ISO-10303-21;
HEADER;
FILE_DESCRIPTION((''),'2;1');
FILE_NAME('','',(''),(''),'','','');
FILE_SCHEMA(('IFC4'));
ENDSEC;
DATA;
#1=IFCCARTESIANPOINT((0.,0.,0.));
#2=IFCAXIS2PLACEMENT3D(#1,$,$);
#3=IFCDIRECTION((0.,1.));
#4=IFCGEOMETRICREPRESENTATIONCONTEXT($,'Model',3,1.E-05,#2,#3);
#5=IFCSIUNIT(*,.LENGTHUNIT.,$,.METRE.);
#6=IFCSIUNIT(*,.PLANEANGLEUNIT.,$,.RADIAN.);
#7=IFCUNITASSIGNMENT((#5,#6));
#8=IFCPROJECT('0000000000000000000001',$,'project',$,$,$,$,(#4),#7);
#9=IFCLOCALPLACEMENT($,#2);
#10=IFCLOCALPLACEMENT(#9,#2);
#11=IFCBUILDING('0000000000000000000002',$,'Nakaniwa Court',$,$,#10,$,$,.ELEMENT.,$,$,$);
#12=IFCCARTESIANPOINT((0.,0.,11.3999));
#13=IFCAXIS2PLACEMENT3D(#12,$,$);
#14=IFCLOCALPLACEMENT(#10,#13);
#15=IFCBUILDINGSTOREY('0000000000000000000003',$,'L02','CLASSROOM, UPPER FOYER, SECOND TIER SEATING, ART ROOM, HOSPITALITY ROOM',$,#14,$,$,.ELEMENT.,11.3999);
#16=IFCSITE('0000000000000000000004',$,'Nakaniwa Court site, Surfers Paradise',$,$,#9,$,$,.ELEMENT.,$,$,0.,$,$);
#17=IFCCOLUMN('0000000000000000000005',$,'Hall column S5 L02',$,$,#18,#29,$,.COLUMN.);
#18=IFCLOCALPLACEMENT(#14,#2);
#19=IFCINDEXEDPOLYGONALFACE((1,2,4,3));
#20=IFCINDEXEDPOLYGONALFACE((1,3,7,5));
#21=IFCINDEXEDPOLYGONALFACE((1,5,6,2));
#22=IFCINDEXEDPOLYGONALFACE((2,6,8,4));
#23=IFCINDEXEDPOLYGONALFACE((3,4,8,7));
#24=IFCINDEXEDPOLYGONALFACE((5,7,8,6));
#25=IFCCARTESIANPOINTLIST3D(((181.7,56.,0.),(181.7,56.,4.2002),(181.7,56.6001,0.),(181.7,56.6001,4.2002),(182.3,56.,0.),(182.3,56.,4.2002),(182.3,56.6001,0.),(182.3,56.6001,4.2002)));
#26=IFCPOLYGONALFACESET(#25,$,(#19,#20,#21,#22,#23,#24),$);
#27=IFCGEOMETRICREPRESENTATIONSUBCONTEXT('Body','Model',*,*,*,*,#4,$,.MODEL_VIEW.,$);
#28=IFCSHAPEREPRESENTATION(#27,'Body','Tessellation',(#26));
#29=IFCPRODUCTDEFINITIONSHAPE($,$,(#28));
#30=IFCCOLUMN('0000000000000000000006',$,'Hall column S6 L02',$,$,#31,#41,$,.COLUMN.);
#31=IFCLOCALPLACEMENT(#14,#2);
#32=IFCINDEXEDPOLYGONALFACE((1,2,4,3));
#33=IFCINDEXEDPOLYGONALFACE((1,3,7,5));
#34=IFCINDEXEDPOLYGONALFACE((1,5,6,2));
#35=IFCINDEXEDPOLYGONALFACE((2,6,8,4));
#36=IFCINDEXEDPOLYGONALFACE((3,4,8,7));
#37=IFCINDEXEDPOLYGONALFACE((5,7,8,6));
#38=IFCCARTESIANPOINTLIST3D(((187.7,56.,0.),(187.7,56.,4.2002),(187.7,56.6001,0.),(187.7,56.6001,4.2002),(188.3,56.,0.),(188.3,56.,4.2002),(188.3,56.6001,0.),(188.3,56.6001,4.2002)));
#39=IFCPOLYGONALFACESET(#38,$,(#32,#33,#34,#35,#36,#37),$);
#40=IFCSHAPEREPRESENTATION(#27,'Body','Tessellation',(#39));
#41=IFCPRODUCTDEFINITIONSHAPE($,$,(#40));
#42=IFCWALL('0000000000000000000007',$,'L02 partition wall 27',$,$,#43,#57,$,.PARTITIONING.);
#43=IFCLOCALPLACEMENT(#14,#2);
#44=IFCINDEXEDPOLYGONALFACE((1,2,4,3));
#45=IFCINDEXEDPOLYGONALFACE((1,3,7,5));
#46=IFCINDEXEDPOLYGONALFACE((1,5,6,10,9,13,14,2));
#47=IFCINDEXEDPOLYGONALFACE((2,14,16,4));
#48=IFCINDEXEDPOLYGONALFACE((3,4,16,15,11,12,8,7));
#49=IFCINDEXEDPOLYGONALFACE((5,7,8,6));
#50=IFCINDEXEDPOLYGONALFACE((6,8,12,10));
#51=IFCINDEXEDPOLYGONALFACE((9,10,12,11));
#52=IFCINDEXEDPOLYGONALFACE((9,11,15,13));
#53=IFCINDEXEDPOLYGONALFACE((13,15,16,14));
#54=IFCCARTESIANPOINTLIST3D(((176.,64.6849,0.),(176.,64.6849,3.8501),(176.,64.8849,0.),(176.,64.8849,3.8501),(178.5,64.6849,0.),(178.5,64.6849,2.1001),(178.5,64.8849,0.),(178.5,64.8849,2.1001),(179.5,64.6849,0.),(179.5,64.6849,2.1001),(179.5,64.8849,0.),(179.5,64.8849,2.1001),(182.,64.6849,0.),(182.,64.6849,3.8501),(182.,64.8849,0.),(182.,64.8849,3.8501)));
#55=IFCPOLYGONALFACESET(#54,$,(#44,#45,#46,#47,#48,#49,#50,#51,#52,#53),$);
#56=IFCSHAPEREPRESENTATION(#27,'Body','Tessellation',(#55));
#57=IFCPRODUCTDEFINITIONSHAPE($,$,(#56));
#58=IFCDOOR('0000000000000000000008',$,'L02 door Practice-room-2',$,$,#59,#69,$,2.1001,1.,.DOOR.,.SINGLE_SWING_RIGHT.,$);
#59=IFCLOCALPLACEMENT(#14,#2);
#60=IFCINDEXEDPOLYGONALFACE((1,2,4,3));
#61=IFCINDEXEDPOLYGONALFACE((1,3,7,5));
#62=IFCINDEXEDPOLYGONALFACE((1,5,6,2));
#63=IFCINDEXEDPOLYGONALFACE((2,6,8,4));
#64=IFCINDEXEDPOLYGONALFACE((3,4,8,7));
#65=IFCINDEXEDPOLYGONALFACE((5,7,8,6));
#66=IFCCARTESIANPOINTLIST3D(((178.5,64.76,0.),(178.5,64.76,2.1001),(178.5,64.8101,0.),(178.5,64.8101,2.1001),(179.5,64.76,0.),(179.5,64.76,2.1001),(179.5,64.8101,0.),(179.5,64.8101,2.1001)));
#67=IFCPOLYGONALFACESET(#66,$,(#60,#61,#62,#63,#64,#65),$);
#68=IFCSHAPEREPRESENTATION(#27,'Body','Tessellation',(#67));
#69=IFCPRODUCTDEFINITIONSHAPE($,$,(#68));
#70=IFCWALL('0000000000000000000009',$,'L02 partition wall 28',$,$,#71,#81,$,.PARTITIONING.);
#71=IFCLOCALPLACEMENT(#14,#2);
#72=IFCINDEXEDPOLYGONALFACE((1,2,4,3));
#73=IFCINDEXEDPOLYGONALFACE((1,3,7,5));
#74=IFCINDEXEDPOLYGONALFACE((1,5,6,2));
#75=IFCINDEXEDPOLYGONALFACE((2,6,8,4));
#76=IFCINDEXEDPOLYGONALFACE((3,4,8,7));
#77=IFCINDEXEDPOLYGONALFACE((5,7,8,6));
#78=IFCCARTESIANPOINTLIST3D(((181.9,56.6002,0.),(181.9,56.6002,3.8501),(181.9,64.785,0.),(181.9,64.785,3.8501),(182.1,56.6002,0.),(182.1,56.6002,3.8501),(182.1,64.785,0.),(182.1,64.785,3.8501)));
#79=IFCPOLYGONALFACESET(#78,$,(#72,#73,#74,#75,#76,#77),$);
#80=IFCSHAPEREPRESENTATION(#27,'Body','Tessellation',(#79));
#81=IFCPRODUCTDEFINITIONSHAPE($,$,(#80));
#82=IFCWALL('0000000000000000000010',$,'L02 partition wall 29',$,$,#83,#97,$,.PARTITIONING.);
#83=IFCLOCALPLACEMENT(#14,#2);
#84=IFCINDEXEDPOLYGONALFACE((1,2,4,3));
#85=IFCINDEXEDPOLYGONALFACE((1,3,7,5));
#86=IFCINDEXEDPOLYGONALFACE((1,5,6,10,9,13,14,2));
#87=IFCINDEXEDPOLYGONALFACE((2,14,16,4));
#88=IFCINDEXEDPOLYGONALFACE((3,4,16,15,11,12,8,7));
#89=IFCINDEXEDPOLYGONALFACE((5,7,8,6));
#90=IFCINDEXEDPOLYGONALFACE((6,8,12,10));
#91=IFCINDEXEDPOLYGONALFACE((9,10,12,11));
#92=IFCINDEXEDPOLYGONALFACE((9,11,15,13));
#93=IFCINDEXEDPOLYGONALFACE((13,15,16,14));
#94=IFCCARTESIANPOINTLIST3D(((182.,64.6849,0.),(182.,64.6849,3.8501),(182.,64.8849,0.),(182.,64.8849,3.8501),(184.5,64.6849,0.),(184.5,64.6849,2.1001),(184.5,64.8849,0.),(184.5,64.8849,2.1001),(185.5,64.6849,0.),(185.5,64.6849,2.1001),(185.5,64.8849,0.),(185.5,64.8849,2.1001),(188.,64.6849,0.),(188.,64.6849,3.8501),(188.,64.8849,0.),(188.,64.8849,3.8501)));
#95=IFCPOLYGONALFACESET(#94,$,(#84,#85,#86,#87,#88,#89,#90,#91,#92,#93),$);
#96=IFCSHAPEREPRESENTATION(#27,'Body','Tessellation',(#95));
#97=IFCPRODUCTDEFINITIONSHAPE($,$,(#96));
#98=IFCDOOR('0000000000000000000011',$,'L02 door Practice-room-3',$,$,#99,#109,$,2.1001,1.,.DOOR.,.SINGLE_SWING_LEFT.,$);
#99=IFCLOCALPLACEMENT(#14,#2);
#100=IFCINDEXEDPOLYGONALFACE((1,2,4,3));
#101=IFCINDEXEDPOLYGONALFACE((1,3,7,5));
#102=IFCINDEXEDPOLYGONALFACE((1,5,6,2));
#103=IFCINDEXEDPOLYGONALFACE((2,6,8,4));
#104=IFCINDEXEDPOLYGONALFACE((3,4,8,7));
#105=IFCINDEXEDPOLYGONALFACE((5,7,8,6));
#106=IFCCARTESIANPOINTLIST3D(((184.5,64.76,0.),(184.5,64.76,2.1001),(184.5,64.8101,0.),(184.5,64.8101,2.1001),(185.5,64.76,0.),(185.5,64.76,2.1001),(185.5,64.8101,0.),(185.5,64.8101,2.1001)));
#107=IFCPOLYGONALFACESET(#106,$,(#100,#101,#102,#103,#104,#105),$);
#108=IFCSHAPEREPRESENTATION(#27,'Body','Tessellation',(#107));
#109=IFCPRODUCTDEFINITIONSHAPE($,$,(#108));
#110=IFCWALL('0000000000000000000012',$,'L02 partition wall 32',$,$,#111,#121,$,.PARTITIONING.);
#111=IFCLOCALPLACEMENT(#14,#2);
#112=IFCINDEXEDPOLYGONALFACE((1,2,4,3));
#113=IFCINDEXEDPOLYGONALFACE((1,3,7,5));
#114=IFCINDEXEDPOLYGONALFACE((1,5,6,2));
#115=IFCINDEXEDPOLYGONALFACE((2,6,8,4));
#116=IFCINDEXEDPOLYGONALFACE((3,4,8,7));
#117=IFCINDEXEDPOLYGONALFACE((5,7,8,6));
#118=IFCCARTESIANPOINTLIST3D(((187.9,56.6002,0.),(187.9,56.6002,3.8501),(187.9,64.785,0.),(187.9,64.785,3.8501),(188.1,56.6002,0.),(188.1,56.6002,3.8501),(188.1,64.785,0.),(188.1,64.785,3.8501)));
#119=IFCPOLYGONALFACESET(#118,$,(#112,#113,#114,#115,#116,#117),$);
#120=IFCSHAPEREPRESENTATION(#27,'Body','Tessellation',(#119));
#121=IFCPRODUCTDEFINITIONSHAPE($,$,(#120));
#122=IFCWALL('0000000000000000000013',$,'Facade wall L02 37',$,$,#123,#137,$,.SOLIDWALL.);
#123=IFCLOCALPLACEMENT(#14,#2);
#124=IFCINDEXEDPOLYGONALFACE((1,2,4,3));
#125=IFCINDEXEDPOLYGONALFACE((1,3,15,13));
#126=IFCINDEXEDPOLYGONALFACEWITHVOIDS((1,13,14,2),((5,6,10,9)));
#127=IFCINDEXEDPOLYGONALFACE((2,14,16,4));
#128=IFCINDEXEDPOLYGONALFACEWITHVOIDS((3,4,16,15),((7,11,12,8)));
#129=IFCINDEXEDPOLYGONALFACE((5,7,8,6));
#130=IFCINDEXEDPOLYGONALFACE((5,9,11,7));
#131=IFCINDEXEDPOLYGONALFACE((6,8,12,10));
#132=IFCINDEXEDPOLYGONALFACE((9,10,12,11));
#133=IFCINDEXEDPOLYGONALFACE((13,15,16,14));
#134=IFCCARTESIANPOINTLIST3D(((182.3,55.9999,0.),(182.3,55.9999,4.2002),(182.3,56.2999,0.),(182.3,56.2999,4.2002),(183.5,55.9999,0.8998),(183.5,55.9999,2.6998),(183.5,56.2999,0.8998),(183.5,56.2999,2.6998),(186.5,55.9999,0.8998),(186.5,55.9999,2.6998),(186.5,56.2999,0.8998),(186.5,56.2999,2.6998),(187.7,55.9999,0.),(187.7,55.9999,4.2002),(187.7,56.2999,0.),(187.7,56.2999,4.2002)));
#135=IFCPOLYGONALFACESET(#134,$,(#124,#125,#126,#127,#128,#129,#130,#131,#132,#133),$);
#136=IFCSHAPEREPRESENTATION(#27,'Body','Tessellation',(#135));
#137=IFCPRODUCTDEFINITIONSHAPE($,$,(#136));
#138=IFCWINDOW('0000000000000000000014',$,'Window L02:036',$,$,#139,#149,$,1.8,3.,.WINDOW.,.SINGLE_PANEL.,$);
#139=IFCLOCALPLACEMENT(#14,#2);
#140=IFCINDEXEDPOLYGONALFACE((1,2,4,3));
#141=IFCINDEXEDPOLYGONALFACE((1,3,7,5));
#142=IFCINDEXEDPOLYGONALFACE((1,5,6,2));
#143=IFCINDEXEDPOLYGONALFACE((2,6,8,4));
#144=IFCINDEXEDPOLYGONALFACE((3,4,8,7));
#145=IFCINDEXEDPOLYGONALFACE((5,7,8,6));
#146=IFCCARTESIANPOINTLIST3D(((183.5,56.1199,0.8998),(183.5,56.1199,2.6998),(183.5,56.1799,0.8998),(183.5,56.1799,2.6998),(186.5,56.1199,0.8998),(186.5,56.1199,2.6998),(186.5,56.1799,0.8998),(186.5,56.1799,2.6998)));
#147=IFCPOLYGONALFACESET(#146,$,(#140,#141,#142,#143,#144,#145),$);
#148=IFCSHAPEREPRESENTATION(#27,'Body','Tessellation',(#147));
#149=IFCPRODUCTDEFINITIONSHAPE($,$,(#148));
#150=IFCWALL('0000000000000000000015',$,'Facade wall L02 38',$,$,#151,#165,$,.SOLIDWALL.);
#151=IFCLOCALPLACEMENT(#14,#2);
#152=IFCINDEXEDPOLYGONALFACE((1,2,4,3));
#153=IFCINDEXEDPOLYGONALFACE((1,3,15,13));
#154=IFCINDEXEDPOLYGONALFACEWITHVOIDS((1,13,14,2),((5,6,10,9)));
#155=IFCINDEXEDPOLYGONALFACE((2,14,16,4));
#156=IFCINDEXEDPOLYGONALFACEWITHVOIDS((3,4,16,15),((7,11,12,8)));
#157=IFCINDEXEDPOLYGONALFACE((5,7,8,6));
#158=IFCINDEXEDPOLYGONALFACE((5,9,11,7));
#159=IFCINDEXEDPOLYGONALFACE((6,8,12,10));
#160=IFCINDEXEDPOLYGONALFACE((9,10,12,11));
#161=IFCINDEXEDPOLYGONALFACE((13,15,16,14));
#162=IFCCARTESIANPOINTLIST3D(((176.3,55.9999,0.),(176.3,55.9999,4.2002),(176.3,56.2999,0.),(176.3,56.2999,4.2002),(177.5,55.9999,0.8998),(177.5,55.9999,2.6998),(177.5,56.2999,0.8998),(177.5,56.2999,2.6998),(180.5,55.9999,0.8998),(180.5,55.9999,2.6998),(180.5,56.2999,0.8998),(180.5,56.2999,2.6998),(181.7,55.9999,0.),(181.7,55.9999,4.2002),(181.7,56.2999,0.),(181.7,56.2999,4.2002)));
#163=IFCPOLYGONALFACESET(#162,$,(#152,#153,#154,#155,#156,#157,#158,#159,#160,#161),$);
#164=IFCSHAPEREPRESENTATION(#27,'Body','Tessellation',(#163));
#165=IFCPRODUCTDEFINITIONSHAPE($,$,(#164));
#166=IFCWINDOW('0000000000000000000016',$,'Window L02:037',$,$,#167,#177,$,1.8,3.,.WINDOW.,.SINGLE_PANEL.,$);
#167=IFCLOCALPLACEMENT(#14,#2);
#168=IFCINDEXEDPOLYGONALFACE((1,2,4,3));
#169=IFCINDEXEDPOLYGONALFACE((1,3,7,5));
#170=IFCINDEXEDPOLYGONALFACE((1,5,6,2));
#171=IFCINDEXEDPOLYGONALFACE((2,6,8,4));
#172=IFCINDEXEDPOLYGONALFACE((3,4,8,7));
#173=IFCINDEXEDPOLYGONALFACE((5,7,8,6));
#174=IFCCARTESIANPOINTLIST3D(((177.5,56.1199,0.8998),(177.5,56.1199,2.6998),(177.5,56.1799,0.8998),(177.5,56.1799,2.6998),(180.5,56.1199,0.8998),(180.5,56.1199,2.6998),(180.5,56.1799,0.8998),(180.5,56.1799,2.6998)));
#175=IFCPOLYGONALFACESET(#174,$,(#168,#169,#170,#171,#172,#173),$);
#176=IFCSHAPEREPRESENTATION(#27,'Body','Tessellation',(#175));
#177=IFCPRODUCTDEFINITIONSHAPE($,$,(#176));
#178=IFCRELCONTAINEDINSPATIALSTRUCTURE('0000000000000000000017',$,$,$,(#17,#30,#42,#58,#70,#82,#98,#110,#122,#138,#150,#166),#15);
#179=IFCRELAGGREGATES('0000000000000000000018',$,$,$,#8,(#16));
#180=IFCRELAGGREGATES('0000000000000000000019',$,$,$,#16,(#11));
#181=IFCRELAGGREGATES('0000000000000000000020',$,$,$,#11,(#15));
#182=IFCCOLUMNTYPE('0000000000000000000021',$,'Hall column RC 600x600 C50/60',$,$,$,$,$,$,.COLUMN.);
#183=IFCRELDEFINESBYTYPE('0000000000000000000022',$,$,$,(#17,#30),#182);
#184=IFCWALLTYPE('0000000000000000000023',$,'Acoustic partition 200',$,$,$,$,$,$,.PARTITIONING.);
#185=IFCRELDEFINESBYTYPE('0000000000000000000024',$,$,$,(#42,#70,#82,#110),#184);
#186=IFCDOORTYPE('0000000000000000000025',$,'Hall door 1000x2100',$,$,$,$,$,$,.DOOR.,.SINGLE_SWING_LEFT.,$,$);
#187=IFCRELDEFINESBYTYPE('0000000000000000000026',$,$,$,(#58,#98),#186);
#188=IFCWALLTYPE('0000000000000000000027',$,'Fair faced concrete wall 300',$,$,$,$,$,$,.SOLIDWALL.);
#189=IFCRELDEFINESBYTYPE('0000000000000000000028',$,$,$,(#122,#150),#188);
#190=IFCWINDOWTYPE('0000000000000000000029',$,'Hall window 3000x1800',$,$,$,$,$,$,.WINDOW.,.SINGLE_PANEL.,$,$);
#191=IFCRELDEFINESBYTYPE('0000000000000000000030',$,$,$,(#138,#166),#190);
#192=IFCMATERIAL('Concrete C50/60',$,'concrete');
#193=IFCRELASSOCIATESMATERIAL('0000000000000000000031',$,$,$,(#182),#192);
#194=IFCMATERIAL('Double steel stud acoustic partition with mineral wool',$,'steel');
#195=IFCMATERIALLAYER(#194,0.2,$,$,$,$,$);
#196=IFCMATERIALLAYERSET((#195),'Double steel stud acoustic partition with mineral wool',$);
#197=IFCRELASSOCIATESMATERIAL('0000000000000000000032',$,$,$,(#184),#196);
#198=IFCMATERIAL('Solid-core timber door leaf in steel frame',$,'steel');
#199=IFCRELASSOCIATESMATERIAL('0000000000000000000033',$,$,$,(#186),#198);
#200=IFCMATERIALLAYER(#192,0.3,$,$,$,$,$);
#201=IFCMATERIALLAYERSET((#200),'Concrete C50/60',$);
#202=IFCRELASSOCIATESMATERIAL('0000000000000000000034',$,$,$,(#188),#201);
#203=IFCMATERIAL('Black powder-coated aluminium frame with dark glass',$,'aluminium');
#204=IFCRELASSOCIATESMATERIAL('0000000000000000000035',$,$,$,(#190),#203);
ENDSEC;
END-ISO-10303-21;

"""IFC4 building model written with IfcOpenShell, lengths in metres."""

from ifc_helpers import new_model, si_unit, direction, frame, frame_2d, origin, origin_2d, place, context, subcontext, project, spatial, rectangle, extrude, material, layer, layer_set, material_profile, profile_set, type_object, element, fill, save


model = new_model("IFC4")

# Units and contexts
model_context = context("Model", 3, precision=1e-05, world=origin(), true_north=direction((0.0, 1.0)))
body_context = subcontext(model_context, "Body", "Model", "MODEL_VIEW")
ifc_project = project(units=[si_unit("LENGTHUNIT", "METRE"), si_unit("PLANEANGLEUNIT", "RADIAN")], contexts=[model_context])

# Site, building, storey
site_placement = place(None, origin())
site = spatial("IfcSite", under=ifc_project, at=site_placement, Name="Nakaniwa Court site, Surfers Paradise", CompositionType="ELEMENT", RefElevation=0.0)
building_placement = place(site_placement, origin())
building = spatial("IfcBuilding", under=site, at=building_placement, Name="Nakaniwa Court", CompositionType="ELEMENT")
storey_placement = place(building_placement, frame((0.0, 0.0, 11.3999)))
storey = spatial("IfcBuildingStorey", under=building, at=storey_placement, Name="L02", Description="CLASSROOM, UPPER FOYER, SECOND TIER SEATING, ART ROOM, HOSPITALITY ROOM", CompositionType="ELEMENT", Elevation=11.3999)

# Columns
ifc_material_1 = material(Name="Concrete C50/60", Category="concrete")
ifc_material_profile_1 = material_profile(ifc_material_1, rectangle(XDim=0.6001, YDim=0.6001, at=origin_2d()), Name="RC 600x600")
ifc_profile_set_1 = profile_set([ifc_material_profile_1], Name="Concrete C50/60")
column_type = type_object("IfcColumnType", Name="Hall column RC 600x600 C50/60", PredefinedType="COLUMN", material=ifc_profile_set_1)
for number, where, z_axis, x_axis, name in (
    (1, (182.0, 56.3, 0.0), (0.0, 0.0, 1.0), (1.0, 0.0, 0.0), "Hall column S5 L02"),
    (2, (188.0, 56.3, 0.0), (0.0, 0.0, 1.0), (1.0, 0.0, 0.0), "Hall column S6 L02"),
):
    element("IfcColumn", number, at=place(storey_placement, frame(where, z_axis=z_axis, x_axis=x_axis)), inside=storey, type_object=column_type, Name=name, PredefinedType="COLUMN", context=body_context, shape_type="SweptSolid", body=[
        extrude(rectangle(XDim=0.6001, YDim=0.6001, at=origin_2d()), origin(), (0.0, 0.0, 1.0), 4.2002),
    ])

# Wall, opening, door
ifc_material_2 = material(Name="Double steel stud acoustic partition with mineral wool", Category="steel")
ifc_layer_1 = layer(ifc_material_2, 0.2)
ifc_layer_set_1 = layer_set([ifc_layer_1], Name="Double steel stud acoustic partition with mineral wool")
wall_type_1 = type_object("IfcWallType", Name="Acoustic partition 200", PredefinedType="PARTITIONING", material=ifc_layer_set_1)
wall_1_placement = place(storey_placement, frame((182.0, 64.7849, 0.0), z_axis=(0.0, 0.0, 1.0), x_axis=(-1.0, 0.0, 0.0)))
wall_1 = element("IfcWall", 3, at=wall_1_placement, inside=storey, type_object=wall_type_1, Name="L02 partition wall 27", PredefinedType="PARTITIONING", context=body_context, shape_type="SweptSolid", body=[
    extrude(rectangle(XDim=6.0, YDim=0.2, at=frame_2d((3.0, 0.0))), origin(), (0.0, 0.0, 1.0), 3.8501),
])
opening_1_placement = place(wall_1_placement, frame((2.5, 0.0, 0.0)))
opening_1 = element("IfcOpeningElement", 4, at=opening_1_placement, cuts=wall_1, PredefinedType="OPENING", context=body_context, shape_type="SweptSolid", body=[
    extrude(rectangle(XDim=1.0, YDim=2.1001, at=frame_2d((0.5, 1.05))), frame((0.0, 0.1099, 0.0), z_axis=(0.0, -1.0, 0.0), x_axis=(1.0, 0.0, 0.0)), (0.0, 0.0, 1.0), 0.22),
])
ifc_material_3 = material(Name="Solid-core timber door leaf in steel frame", Category="steel")
door_type = type_object("IfcDoorType", Name="Hall door 1000x2100", OperationType="SINGLE_SWING_LEFT", PredefinedType="DOOR", material=ifc_material_3)
door_1_placement = place(opening_1_placement, origin())
door_1 = element("IfcDoor", 5, at=door_1_placement, inside=storey, type_object=door_type, Name="L02 door Practice-room-2", OperationType="SINGLE_SWING_RIGHT", OverallHeight=2.1001, OverallWidth=1.0, PredefinedType="DOOR", context=body_context, shape_type="SweptSolid", body=[
    extrude(rectangle(XDim=1.0, YDim=2.1001, at=frame_2d((0.5, 1.05))), frame((0.0, 0.0249, 0.0), z_axis=(0.0, -1.0, 0.0), x_axis=(1.0, 0.0, 0.0)), (0.0, 0.0, 1.0), 0.05),
])
fill(opening_1, door_1)

# Wall
wall_2_placement = place(storey_placement, frame((182.0, 64.7849, 0.0), z_axis=(0.0, 0.0, 1.0), x_axis=(0.0, -1.0, 0.0)))
element("IfcWall", 6, at=wall_2_placement, inside=storey, type_object=wall_type_1, Name="L02 partition wall 28", PredefinedType="PARTITIONING", context=body_context, shape_type="SweptSolid", body=[
    extrude(rectangle(XDim=8.1848, YDim=0.2, at=frame_2d((4.0923, 0.0))), origin(), (0.0, 0.0, 1.0), 3.8501),
])

# Wall, opening, door
wall_3_placement = place(storey_placement, frame((188.0, 64.7849, 0.0), z_axis=(0.0, 0.0, 1.0), x_axis=(-1.0, 0.0, 0.0)))
wall_3 = element("IfcWall", 7, at=wall_3_placement, inside=storey, type_object=wall_type_1, Name="L02 partition wall 29", PredefinedType="PARTITIONING", context=body_context, shape_type="SweptSolid", body=[
    extrude(rectangle(XDim=6.0, YDim=0.2, at=frame_2d((3.0, 0.0))), origin(), (0.0, 0.0, 1.0), 3.8501),
])
opening_2_placement = place(wall_3_placement, frame((2.5, 0.0, 0.0)))
opening_2 = element("IfcOpeningElement", 8, at=opening_2_placement, cuts=wall_3, PredefinedType="OPENING", context=body_context, shape_type="SweptSolid", body=[
    extrude(rectangle(XDim=1.0, YDim=2.1001, at=frame_2d((0.5, 1.05))), frame((0.0, 0.1099, 0.0), z_axis=(0.0, -1.0, 0.0), x_axis=(1.0, 0.0, 0.0)), (0.0, 0.0, 1.0), 0.22),
])
door_2_placement = place(opening_2_placement, origin())
door_2 = element("IfcDoor", 9, at=door_2_placement, inside=storey, type_object=door_type, Name="L02 door Practice-room-3", OperationType="SINGLE_SWING_LEFT", OverallHeight=2.1001, OverallWidth=1.0, PredefinedType="DOOR", context=body_context, shape_type="SweptSolid", body=[
    extrude(rectangle(XDim=1.0, YDim=2.1001, at=frame_2d((0.5, 1.05))), frame((0.0, 0.0249, 0.0), z_axis=(0.0, -1.0, 0.0), x_axis=(1.0, 0.0, 0.0)), (0.0, 0.0, 1.0), 0.05),
])
fill(opening_2, door_2)

# Wall
wall_4_placement = place(storey_placement, frame((188.0, 64.7849, 0.0), z_axis=(0.0, 0.0, 1.0), x_axis=(0.0, -1.0, 0.0)))
element("IfcWall", 10, at=wall_4_placement, inside=storey, type_object=wall_type_1, Name="L02 partition wall 32", PredefinedType="PARTITIONING", context=body_context, shape_type="SweptSolid", body=[
    extrude(rectangle(XDim=8.1848, YDim=0.2, at=frame_2d((4.0923, 0.0))), origin(), (0.0, 0.0, 1.0), 3.8501),
])

# Walls, openings, windows
ifc_layer_2 = layer(ifc_material_1, 0.3)
ifc_layer_set_2 = layer_set([ifc_layer_2], Name="Concrete C50/60")
wall_type_2 = type_object("IfcWallType", Name="Fair faced concrete wall 300", PredefinedType="SOLIDWALL", material=ifc_layer_set_2)
wall_5_placement = place(storey_placement, frame((187.7, 56.1499, 0.0), z_axis=(0.0, 0.0, 1.0), x_axis=(-1.0, 0.0, 0.0)))
wall_5 = element("IfcWall", 11, at=wall_5_placement, inside=storey, type_object=wall_type_2, Name="Facade wall L02 37", PredefinedType="SOLIDWALL", context=body_context, shape_type="SweptSolid", body=[
    extrude(rectangle(XDim=5.3999, YDim=0.3, at=frame_2d((2.7, 0.0))), origin(), (0.0, 0.0, 1.0), 4.2002),
])
opening_3_placement = place(wall_5_placement, frame((1.2, 0.0, 0.8999)))
opening_3 = element("IfcOpeningElement", 12, at=opening_3_placement, cuts=wall_5, PredefinedType="OPENING", context=body_context, shape_type="SweptSolid", body=[
    extrude(rectangle(XDim=3.0, YDim=1.8, at=frame_2d((1.5, 0.8999))), frame((0.0, 0.1599, 0.0), z_axis=(0.0, -1.0, 0.0), x_axis=(1.0, 0.0, 0.0)), (0.0, 0.0, 1.0), 0.3201),
])
ifc_material_4 = material(Name="Black powder-coated aluminium frame with dark glass", Category="aluminium")
window_type = type_object("IfcWindowType", Name="Hall window 3000x1800", PartitioningType="SINGLE_PANEL", PredefinedType="WINDOW", material=ifc_material_4)
window_1_placement = place(opening_3_placement, origin())
window_1 = element("IfcWindow", 13, at=window_1_placement, inside=storey, type_object=window_type, Name="Window L02:036", OverallHeight=1.8, OverallWidth=3.0, PartitioningType="SINGLE_PANEL", PredefinedType="WINDOW", context=body_context, shape_type="SweptSolid", body=[
    extrude(rectangle(XDim=3.0, YDim=1.8, at=frame_2d((1.5, 0.8999))), frame((0.0, 0.03, 0.0), z_axis=(0.0, -1.0, 0.0), x_axis=(1.0, 0.0, 0.0)), (0.0, 0.0, 1.0), 0.0601),
])
fill(opening_3, window_1)
wall_6_placement = place(storey_placement, frame((181.7, 56.1499, 0.0), z_axis=(0.0, 0.0, 1.0), x_axis=(-1.0, 0.0, 0.0)))
wall_6 = element("IfcWall", 14, at=wall_6_placement, inside=storey, type_object=wall_type_2, Name="Facade wall L02 38", PredefinedType="SOLIDWALL", context=body_context, shape_type="SweptSolid", body=[
    extrude(rectangle(XDim=5.3999, YDim=0.3, at=frame_2d((2.7, 0.0))), origin(), (0.0, 0.0, 1.0), 4.2002),
])
opening_4_placement = place(wall_6_placement, frame((1.2, 0.0, 0.8999)))
opening_4 = element("IfcOpeningElement", 15, at=opening_4_placement, cuts=wall_6, PredefinedType="OPENING", context=body_context, shape_type="SweptSolid", body=[
    extrude(rectangle(XDim=3.0, YDim=1.8, at=frame_2d((1.5, 0.8999))), frame((0.0, 0.1599, 0.0), z_axis=(0.0, -1.0, 0.0), x_axis=(1.0, 0.0, 0.0)), (0.0, 0.0, 1.0), 0.3201),
])
window_2_placement = place(opening_4_placement, origin())
window_2 = element("IfcWindow", 16, at=window_2_placement, inside=storey, type_object=window_type, Name="Window L02:037", OverallHeight=1.8, OverallWidth=3.0, PartitioningType="SINGLE_PANEL", PredefinedType="WINDOW", context=body_context, shape_type="SweptSolid", body=[
    extrude(rectangle(XDim=3.0, YDim=1.8, at=frame_2d((1.5, 0.8999))), frame((0.0, 0.03, 0.0), z_axis=(0.0, -1.0, 0.0), x_axis=(1.0, 0.0, 0.0)), (0.0, 0.0, 1.0), 0.0601),
])
fill(opening_4, window_2)

save(model, "model.ifc")
